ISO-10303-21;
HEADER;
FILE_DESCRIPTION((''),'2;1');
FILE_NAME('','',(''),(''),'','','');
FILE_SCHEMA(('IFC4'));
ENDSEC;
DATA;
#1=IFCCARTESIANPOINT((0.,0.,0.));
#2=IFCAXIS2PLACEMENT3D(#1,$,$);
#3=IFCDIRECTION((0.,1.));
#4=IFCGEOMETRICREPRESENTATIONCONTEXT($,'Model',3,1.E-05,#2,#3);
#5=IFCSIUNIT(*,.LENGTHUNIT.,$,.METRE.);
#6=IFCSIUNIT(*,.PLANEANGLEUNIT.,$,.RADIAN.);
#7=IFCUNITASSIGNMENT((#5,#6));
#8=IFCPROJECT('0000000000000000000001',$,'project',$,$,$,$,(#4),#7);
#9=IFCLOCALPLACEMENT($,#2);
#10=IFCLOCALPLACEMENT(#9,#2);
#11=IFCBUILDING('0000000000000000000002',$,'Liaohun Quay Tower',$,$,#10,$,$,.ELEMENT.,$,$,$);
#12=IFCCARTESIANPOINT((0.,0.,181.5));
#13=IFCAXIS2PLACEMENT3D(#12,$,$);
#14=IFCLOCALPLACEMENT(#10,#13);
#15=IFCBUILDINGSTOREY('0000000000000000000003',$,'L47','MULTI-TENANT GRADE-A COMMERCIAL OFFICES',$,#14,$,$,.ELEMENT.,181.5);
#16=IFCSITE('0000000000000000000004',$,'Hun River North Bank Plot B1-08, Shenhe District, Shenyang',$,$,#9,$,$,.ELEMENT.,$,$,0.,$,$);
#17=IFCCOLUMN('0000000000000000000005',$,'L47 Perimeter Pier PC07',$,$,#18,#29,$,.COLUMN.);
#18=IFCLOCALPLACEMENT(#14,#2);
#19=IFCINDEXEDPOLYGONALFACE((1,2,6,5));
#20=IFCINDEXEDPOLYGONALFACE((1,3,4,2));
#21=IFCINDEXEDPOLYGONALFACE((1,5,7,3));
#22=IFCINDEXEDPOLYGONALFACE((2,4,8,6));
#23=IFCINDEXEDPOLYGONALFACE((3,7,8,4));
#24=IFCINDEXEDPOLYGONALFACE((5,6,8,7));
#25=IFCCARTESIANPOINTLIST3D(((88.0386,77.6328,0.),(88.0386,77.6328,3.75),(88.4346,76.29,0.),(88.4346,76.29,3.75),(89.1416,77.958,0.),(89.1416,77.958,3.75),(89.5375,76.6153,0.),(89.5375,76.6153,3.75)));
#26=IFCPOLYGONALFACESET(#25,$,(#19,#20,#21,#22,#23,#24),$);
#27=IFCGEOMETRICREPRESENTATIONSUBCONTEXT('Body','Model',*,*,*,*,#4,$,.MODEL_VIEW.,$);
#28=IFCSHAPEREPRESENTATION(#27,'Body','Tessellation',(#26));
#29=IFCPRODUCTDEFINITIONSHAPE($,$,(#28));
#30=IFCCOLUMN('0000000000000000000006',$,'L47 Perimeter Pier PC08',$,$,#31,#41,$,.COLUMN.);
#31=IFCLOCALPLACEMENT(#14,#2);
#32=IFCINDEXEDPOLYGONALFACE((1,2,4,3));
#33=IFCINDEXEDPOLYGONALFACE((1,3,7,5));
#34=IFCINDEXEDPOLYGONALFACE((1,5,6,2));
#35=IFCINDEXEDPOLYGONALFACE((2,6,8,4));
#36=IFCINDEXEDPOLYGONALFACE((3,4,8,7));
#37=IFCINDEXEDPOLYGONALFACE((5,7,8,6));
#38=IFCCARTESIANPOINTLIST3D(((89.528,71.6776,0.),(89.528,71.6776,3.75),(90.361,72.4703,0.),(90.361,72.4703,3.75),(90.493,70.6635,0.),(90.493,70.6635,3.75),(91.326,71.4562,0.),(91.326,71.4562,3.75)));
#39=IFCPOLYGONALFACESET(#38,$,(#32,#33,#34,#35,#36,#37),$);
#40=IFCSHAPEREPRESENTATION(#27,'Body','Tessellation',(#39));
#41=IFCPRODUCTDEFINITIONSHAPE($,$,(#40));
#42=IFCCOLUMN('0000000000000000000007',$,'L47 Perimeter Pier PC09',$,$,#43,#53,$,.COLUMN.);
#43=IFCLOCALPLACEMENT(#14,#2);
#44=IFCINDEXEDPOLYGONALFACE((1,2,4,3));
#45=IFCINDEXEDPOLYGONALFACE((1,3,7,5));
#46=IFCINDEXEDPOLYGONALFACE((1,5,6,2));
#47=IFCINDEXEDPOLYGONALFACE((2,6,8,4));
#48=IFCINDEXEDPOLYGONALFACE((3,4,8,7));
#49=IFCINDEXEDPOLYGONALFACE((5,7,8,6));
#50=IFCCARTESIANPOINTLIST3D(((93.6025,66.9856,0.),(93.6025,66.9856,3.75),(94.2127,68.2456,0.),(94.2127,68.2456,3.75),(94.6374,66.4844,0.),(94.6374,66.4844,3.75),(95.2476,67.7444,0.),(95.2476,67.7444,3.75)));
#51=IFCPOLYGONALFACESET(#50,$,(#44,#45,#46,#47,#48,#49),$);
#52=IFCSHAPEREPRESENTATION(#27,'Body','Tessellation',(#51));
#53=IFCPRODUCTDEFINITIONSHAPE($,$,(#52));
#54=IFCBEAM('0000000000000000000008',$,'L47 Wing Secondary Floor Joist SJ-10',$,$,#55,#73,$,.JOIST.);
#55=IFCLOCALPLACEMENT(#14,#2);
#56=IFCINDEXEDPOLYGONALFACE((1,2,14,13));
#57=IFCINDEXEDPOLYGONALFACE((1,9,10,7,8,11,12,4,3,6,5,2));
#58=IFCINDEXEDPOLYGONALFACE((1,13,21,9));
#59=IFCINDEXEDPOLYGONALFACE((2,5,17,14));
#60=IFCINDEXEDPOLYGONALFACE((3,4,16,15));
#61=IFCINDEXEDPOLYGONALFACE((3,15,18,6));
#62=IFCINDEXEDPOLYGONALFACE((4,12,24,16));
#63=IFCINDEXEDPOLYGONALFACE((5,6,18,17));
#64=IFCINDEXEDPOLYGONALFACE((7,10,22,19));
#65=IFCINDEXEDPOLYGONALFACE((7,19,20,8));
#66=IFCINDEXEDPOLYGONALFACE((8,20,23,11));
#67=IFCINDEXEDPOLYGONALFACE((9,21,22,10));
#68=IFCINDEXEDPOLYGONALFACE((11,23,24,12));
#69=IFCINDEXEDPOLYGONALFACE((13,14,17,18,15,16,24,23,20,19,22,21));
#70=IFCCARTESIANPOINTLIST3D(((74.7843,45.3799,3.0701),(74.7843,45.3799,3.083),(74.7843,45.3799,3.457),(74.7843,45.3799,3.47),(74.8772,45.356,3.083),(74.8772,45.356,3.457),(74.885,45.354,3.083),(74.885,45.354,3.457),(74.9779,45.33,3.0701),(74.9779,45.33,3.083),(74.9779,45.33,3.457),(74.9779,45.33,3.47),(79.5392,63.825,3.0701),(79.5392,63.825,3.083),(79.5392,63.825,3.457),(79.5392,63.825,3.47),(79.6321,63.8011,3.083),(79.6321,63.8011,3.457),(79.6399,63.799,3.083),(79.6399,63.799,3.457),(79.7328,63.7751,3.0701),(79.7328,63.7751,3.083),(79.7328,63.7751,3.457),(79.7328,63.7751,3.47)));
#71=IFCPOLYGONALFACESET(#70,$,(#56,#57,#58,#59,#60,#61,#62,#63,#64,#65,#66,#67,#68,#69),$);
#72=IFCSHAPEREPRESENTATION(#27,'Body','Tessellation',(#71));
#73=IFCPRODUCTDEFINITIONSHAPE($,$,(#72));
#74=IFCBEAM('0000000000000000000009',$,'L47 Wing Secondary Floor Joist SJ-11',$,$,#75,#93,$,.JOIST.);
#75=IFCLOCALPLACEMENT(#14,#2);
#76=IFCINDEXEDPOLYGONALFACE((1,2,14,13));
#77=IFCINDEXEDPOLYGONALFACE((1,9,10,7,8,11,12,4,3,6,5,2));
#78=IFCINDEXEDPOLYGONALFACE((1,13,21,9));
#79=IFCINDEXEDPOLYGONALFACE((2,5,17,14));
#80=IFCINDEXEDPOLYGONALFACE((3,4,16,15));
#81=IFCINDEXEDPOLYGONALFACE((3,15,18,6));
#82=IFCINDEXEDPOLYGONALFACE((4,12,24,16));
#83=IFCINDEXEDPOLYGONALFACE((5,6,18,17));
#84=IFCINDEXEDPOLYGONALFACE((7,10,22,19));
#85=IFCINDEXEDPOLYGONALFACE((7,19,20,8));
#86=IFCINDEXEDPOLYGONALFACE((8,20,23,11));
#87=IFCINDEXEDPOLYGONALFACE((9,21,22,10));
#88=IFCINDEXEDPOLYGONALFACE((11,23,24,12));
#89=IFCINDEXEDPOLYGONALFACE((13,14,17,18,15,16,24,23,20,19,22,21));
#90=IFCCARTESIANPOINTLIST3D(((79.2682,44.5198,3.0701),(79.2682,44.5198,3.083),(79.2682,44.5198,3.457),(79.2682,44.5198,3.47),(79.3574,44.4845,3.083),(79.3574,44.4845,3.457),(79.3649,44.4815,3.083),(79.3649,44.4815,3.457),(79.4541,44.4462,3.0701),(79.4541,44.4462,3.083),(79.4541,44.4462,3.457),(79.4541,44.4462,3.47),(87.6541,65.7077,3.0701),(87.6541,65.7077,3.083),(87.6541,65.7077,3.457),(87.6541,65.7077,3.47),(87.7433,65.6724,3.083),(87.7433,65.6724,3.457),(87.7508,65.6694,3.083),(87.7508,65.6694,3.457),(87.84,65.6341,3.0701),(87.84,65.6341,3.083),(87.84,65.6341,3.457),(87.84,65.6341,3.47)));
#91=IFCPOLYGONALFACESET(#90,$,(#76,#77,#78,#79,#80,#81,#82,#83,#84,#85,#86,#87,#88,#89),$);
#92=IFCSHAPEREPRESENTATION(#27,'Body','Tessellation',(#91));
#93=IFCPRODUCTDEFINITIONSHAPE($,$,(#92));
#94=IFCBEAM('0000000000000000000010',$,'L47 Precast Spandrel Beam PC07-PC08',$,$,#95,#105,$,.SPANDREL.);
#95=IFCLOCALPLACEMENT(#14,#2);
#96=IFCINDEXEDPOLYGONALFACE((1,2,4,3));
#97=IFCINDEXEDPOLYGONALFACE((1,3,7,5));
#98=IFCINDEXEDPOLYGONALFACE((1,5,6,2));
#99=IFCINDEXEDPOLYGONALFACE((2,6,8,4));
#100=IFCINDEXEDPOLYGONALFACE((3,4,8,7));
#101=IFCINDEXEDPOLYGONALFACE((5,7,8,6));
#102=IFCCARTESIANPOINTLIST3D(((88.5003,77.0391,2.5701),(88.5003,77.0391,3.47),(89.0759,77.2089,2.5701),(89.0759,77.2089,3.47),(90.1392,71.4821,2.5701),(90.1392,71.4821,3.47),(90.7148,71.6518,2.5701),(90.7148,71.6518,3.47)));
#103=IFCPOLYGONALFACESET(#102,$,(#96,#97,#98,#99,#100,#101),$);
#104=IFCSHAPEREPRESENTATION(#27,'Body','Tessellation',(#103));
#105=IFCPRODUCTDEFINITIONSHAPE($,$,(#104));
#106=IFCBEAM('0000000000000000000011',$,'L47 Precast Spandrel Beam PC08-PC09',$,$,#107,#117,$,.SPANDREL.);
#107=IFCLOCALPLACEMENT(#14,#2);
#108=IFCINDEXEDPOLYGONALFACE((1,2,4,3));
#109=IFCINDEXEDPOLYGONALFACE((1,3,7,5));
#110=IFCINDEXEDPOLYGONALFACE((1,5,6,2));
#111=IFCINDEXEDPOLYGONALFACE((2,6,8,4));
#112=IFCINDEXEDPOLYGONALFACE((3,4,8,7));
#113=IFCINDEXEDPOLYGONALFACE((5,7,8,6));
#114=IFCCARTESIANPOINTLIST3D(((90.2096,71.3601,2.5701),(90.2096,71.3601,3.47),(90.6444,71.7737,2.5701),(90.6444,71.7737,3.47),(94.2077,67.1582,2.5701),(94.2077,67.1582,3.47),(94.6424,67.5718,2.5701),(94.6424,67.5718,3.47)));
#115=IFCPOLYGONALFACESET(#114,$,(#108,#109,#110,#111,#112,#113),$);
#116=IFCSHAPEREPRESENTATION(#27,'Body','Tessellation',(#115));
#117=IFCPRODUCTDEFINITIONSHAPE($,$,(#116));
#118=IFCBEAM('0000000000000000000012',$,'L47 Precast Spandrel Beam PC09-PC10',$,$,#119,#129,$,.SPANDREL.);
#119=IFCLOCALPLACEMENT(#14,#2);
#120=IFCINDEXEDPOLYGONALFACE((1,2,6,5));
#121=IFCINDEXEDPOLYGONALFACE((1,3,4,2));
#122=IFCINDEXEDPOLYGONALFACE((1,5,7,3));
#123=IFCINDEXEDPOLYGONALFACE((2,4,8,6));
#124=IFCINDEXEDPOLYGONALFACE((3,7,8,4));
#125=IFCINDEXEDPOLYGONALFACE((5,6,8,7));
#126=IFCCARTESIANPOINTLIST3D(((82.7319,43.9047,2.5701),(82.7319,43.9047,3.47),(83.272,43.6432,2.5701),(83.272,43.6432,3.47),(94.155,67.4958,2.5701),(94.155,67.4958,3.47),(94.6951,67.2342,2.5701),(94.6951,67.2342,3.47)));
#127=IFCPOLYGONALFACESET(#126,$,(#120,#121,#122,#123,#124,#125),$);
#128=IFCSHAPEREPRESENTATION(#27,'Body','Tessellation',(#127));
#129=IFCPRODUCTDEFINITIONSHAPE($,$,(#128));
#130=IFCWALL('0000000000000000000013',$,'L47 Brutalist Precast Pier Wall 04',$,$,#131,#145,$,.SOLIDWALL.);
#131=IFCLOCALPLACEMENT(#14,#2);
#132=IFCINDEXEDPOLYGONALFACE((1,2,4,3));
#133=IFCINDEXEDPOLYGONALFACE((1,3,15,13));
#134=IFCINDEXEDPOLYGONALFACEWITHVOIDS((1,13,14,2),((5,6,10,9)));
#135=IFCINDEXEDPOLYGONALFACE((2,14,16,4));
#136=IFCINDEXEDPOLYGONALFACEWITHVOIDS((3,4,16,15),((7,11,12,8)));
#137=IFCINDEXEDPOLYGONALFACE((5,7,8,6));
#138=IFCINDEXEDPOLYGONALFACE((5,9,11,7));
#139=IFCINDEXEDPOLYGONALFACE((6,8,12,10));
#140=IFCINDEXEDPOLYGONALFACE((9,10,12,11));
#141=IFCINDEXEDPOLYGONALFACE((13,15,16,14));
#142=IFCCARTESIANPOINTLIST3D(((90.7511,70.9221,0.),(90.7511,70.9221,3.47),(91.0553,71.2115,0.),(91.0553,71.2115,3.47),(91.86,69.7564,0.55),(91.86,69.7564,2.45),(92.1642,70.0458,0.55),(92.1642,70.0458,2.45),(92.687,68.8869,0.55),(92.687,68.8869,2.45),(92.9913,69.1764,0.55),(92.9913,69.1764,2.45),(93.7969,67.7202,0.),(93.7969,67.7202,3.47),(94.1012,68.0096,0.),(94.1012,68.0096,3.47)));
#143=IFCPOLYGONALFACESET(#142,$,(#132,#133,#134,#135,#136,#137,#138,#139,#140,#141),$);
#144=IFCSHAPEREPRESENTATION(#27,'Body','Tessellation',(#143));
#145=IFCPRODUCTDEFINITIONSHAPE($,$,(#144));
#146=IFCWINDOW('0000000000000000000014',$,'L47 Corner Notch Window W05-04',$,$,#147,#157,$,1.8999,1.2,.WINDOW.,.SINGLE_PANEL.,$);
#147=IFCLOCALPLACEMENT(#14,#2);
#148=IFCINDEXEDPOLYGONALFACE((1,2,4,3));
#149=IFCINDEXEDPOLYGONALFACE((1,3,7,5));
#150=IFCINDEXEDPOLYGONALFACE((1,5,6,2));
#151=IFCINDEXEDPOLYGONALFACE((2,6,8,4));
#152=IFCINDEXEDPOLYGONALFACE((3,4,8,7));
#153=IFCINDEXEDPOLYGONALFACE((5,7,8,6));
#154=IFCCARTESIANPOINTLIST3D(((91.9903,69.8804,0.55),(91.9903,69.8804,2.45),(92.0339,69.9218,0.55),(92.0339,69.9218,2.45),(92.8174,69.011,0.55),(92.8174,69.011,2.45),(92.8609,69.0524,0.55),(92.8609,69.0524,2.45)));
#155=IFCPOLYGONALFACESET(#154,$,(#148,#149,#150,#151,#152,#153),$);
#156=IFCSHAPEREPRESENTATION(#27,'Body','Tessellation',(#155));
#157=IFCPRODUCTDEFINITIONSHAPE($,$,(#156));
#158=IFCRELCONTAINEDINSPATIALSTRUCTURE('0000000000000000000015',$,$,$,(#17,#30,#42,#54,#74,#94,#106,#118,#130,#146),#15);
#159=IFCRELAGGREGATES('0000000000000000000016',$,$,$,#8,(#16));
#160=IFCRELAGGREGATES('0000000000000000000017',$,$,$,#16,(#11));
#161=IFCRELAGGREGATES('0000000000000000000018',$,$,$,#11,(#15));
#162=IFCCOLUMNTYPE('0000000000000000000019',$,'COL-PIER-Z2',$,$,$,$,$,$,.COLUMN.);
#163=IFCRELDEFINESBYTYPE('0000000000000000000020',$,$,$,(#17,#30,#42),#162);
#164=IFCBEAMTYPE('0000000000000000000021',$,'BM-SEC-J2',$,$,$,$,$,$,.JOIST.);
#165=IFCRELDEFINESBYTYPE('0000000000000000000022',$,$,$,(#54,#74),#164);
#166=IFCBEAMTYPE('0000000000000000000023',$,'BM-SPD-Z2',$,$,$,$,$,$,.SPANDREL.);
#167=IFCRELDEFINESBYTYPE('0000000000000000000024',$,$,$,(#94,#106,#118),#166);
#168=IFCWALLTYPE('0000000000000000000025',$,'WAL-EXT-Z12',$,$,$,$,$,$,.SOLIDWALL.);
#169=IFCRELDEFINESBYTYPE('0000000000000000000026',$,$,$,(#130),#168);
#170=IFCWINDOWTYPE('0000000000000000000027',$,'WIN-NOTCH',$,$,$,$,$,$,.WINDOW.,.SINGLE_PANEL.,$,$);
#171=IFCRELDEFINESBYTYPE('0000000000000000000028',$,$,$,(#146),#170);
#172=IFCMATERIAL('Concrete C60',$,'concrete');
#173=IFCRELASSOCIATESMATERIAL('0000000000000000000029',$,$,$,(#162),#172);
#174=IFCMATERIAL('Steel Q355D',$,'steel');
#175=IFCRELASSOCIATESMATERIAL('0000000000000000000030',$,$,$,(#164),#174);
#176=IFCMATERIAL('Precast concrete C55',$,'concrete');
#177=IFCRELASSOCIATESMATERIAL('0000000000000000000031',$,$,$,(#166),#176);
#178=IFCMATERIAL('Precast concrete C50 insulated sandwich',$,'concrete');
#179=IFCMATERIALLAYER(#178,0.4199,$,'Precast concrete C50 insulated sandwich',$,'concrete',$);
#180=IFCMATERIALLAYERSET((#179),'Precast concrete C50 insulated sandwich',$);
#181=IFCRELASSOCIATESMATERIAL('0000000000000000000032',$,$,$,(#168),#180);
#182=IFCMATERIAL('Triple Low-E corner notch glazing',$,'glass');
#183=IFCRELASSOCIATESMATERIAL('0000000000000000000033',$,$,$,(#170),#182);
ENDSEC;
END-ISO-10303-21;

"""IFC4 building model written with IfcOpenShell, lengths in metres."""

from ifc_helpers import new_model, si_unit, direction, frame, frame_2d, origin, origin_2d, place, context, subcontext, project, spatial, rectangle, i_section, extrude, source, transform, mapped, material, layer, layer_set, material_profile, profile_set, type_object, element, fill, save


model = new_model("IFC4")

# Units and contexts
model_context = context("Model", 3, precision=1e-05, world=origin(), true_north=direction((0.0, 1.0)))
body_context = subcontext(model_context, "Body", "Model", "MODEL_VIEW")
ifc_project = project(units=[si_unit("LENGTHUNIT", "METRE"), si_unit("PLANEANGLEUNIT", "RADIAN")], contexts=[model_context])

# Site, building, storey
site_placement = place(None, origin())
site = spatial("IfcSite", under=ifc_project, at=site_placement, Name="Hun River North Bank Plot B1-08, Shenhe District, Shenyang", CompositionType="ELEMENT", RefElevation=0.0)
building_placement = place(site_placement, origin())
building = spatial("IfcBuilding", under=site, at=building_placement, Name="Liaohun Quay Tower", CompositionType="ELEMENT")
storey_placement = place(building_placement, frame((0.0, 0.0, 181.5)))
storey = spatial("IfcBuildingStorey", under=building, at=storey_placement, Name="L47", Description="MULTI-TENANT GRADE-A COMMERCIAL OFFICES", CompositionType="ELEMENT", Elevation=181.5)

# Columns
ifc_material_1 = material(Name="Concrete C60", Category="concrete")
ifc_material_profile_1 = material_profile(ifc_material_1, rectangle(XDim=1.3999, YDim=1.1499, at=origin_2d()), Name="RC1400x1150")
ifc_profile_set_1 = profile_set([ifc_material_profile_1], Name="Concrete C60")
column_type = type_object("IfcColumnType", Name="COL-PIER-Z2", PredefinedType="COLUMN", material=ifc_profile_set_1)
shared_shape_1 = source(origin(), body_context, "Body", "SweptSolid", [
    extrude(rectangle(XDim=1.3999, YDim=1.1499, at=origin_2d()), origin(), (0.0, 0.0, 1.0), 3.75),
])
for number, where, z_axis, x_axis, name in (
    (1, (88.7881, 77.124, 0.0), (0.0, 0.0, 1.0), (-0.282844, 0.959166, 0.0), "L47 Perimeter Pier PC07"),
    (2, (90.427, 71.5669, 0.0), (0.0, 0.0, 1.0), (-0.689367, 0.724413, 0.0), "L47 Perimeter Pier PC08"),
    (3, (94.425, 67.365, 0.0), (0.0, 0.0, 1.0), (0.43586, 0.900015, 0.0), "L47 Perimeter Pier PC09"),
):
    element("IfcColumn", number, at=place(storey_placement, frame(where, z_axis=z_axis, x_axis=x_axis)), inside=storey, type_object=column_type, Name=name, PredefinedType="COLUMN", context=body_context, shape_type="MappedRepresentation", body=[
        mapped(shared_shape_1, transform((0.0, 0.0, 0.0), x_axis=(1.0, 0.0, 0.0), y_axis=(0.0, 1.0, 0.0), z_axis=(0.0, 0.0, 1.0), scale=1.0)),
    ])

# Beams
ifc_material_2 = material(Name="Steel Q355D", Category="steel")
ifc_material_profile_2 = material_profile(ifc_material_2, i_section(OverallWidth=0.2, OverallDepth=0.3999, WebThickness=0.0081, FlangeThickness=0.0129, at=origin_2d()), Name="HN400x200x8x13")
ifc_profile_set_2 = profile_set([ifc_material_profile_2], Name="Steel Q355D")
beam_type_1 = type_object("IfcBeamType", Name="BM-SEC-J2", PredefinedType="JOIST", material=ifc_profile_set_2)
shared_shape_2 = source(origin(), body_context, "Body", "SweptSolid", [
    extrude(i_section(OverallWidth=0.2, OverallDepth=0.3999, WebThickness=0.0081, FlangeThickness=0.0129, at=origin_2d()), origin(), (0.0, 0.0, 1.0), 19.0481),
])
beam_1_placement = place(storey_placement, frame((79.636, 63.8, 3.27), z_axis=(-0.249625, -0.968343, 0.0), x_axis=(0.968343, -0.249625, 0.0)))
element("IfcBeam", 4, at=beam_1_placement, inside=storey, type_object=beam_type_1, Name="L47 Wing Secondary Floor Joist SJ-10", PredefinedType="JOIST", context=body_context, shape_type="MappedRepresentation", body=[
    mapped(shared_shape_2, transform((0.0, 0.0, 0.0), x_axis=(1.0, 0.0, 0.0), y_axis=(0.0, 1.0, 0.0), z_axis=(0.0, 0.0, 1.0), scale=1.0)),
])
shared_shape_3 = source(origin(), body_context, "Body", "SweptSolid", [
    extrude(i_section(OverallWidth=0.2, OverallDepth=0.3999, WebThickness=0.0081, FlangeThickness=0.0129, at=origin_2d()), origin(), (0.0, 0.0, 1.0), 22.7871),
])
beam_2_placement = place(storey_placement, frame((87.7471, 65.6709, 3.27), z_axis=(-0.368013, -0.929821, 0.0), x_axis=(0.929821, -0.368013, 0.0)))
element("IfcBeam", 5, at=beam_2_placement, inside=storey, type_object=beam_type_1, Name="L47 Wing Secondary Floor Joist SJ-11", PredefinedType="JOIST", context=body_context, shape_type="MappedRepresentation", body=[
    mapped(shared_shape_3, transform((0.0, 0.0, 0.0), x_axis=(1.0, 0.0, 0.0), y_axis=(0.0, 1.0, 0.0), z_axis=(0.0, 0.0, 1.0), scale=1.0)),
])
ifc_material_3 = material(Name="Precast concrete C55", Category="concrete")
ifc_material_profile_3 = material_profile(ifc_material_3, rectangle(XDim=0.6001, YDim=0.8999, at=origin_2d()), Name="RC600x900")
ifc_profile_set_3 = profile_set([ifc_material_profile_3], Name="Precast concrete C55")
beam_type_2 = type_object("IfcBeamType", Name="BM-SPD-Z2", PredefinedType="SPANDREL", material=ifc_profile_set_3)
shared_shape_4 = source(origin(), body_context, "Body", "SweptSolid", [
    extrude(rectangle(XDim=0.6001, YDim=0.8999, at=origin_2d()), origin(), (0.0, 0.0, 1.0), 5.7937),
])
beam_3_placement = place(storey_placement, frame((88.7881, 77.124, 3.02), z_axis=(0.282876, -0.959157, 0.0), x_axis=(0.959157, 0.282876, 0.0)))
element("IfcBeam", 6, at=beam_3_placement, inside=storey, type_object=beam_type_2, Name="L47 Precast Spandrel Beam PC07-PC08", PredefinedType="SPANDREL", context=body_context, shape_type="MappedRepresentation", body=[
    mapped(shared_shape_4, transform((0.0, 0.0, 0.0), x_axis=(1.0, 0.0, 0.0), y_axis=(0.0, 1.0, 0.0), z_axis=(0.0, 0.0, 1.0), scale=1.0)),
])
shared_shape_5 = source(origin(), body_context, "Body", "SweptSolid", [
    extrude(rectangle(XDim=0.6001, YDim=0.8999, at=origin_2d()), origin(), (0.0, 0.0, 1.0), 5.8),
])
beam_4_placement = place(storey_placement, frame((90.427, 71.5669, 3.02), z_axis=(0.689315, -0.724462, 0.0), x_axis=(0.724462, 0.689315, 0.0)))
element("IfcBeam", 7, at=beam_4_placement, inside=storey, type_object=beam_type_2, Name="L47 Precast Spandrel Beam PC08-PC09", PredefinedType="SPANDREL", context=body_context, shape_type="MappedRepresentation", body=[
    mapped(shared_shape_5, transform((0.0, 0.0, 0.0), x_axis=(1.0, 0.0, 0.0), y_axis=(0.0, 1.0, 0.0), z_axis=(0.0, 0.0, 1.0), scale=1.0)),
])
shared_shape_6 = source(origin(), body_context, "Body", "SweptSolid", [
    extrude(rectangle(XDim=0.6001, YDim=0.8999, at=origin_2d()), origin(), (0.0, 0.0, 1.0), 26.2112),
])
beam_5_placement = place(storey_placement, frame((94.425, 67.365, 3.02), z_axis=(-0.43581, -0.900039, 0.0), x_axis=(0.900039, -0.43581, 0.0)))
element("IfcBeam", 8, at=beam_5_placement, inside=storey, type_object=beam_type_2, Name="L47 Precast Spandrel Beam PC09-PC10", PredefinedType="SPANDREL", context=body_context, shape_type="MappedRepresentation", body=[
    mapped(shared_shape_6, transform((0.0, 0.0, 0.0), x_axis=(1.0, 0.0, 0.0), y_axis=(0.0, 1.0, 0.0), z_axis=(0.0, 0.0, 1.0), scale=1.0)),
])

# Wall, opening, window
ifc_material_4 = material(Name="Precast concrete C50 insulated sandwich", Category="concrete")
ifc_layer_1 = layer(ifc_material_4, 0.4199, Name="Precast concrete C50 insulated sandwich", Category="concrete")
ifc_layer_set_1 = layer_set([ifc_layer_1], Name="Precast concrete C50 insulated sandwich")
wall_type_1 = type_object("IfcWallType", Name="WAL-EXT-Z12", PredefinedType="SOLIDWALL", material=ifc_layer_set_1)
wall_1_placement = place(storey_placement, frame((93.949, 67.865, 0.0), z_axis=(0.0, 0.0, 1.0), x_axis=(-0.689236, 0.724537, 0.0)))
wall_1 = element("IfcWall", 9, at=wall_1_placement, inside=storey, type_object=wall_type_1, Name="L47 Brutalist Precast Pier Wall 04", PredefinedType="SOLIDWALL", context=body_context, shape_type="SweptSolid", body=[
    extrude(rectangle(XDim=4.4192, YDim=0.4199, at=frame_2d((2.2095, 0.0))), origin(), (0.0, 0.0, 1.0), 3.47),
])
shared_shape_7 = source(origin(), body_context, "Body", "SweptSolid", [
    extrude(rectangle(XDim=1.2, YDim=1.8999, at=frame_2d((0.6001, 0.95))), frame((0.0, 0.22, 0.0), z_axis=(0.0, -1.0, 0.0), x_axis=(1.0, 0.0, 0.0)), (0.0, 0.0, 1.0), 0.4399),
])
opening_1_placement = place(wall_1_placement, frame((1.6101, 0.0, 0.55)))
opening_1 = element("IfcOpeningElement", 10, at=opening_1_placement, cuts=wall_1, PredefinedType="OPENING", context=body_context, shape_type="MappedRepresentation", body=[
    mapped(shared_shape_7, transform((0.0, 0.0, 0.0), x_axis=(1.0, 0.0, 0.0), y_axis=(0.0, 1.0, 0.0), z_axis=(0.0, 0.0, 1.0), scale=1.0)),
])
ifc_material_5 = material(Name="Triple Low-E corner notch glazing", Category="glass")
window_type_1 = type_object("IfcWindowType", Name="WIN-NOTCH", PartitioningType="SINGLE_PANEL", PredefinedType="WINDOW", material=ifc_material_5)
shared_shape_8 = source(origin(), body_context, "Body", "SweptSolid", [
    extrude(rectangle(XDim=1.2, YDim=1.8999, at=frame_2d((0.6001, 0.95))), frame((0.0, 0.03, 0.0), z_axis=(0.0, -1.0, 0.0), x_axis=(1.0, 0.0, 0.0)), (0.0, 0.0, 1.0), 0.0601),
])
window_1_placement = place(opening_1_placement, origin())
window_1 = element("IfcWindow", 11, at=window_1_placement, inside=storey, type_object=window_type_1, Name="L47 Corner Notch Window W05-04", OverallHeight=1.8999, OverallWidth=1.2, PartitioningType="SINGLE_PANEL", PredefinedType="WINDOW", context=body_context, shape_type="MappedRepresentation", body=[
    mapped(shared_shape_8, transform((0.0, 0.0, 0.0), x_axis=(1.0, 0.0, 0.0), y_axis=(0.0, 1.0, 0.0), z_axis=(0.0, 0.0, 1.0), scale=1.0)),
])
fill(opening_1, window_1)

save(model, "model.ifc")
